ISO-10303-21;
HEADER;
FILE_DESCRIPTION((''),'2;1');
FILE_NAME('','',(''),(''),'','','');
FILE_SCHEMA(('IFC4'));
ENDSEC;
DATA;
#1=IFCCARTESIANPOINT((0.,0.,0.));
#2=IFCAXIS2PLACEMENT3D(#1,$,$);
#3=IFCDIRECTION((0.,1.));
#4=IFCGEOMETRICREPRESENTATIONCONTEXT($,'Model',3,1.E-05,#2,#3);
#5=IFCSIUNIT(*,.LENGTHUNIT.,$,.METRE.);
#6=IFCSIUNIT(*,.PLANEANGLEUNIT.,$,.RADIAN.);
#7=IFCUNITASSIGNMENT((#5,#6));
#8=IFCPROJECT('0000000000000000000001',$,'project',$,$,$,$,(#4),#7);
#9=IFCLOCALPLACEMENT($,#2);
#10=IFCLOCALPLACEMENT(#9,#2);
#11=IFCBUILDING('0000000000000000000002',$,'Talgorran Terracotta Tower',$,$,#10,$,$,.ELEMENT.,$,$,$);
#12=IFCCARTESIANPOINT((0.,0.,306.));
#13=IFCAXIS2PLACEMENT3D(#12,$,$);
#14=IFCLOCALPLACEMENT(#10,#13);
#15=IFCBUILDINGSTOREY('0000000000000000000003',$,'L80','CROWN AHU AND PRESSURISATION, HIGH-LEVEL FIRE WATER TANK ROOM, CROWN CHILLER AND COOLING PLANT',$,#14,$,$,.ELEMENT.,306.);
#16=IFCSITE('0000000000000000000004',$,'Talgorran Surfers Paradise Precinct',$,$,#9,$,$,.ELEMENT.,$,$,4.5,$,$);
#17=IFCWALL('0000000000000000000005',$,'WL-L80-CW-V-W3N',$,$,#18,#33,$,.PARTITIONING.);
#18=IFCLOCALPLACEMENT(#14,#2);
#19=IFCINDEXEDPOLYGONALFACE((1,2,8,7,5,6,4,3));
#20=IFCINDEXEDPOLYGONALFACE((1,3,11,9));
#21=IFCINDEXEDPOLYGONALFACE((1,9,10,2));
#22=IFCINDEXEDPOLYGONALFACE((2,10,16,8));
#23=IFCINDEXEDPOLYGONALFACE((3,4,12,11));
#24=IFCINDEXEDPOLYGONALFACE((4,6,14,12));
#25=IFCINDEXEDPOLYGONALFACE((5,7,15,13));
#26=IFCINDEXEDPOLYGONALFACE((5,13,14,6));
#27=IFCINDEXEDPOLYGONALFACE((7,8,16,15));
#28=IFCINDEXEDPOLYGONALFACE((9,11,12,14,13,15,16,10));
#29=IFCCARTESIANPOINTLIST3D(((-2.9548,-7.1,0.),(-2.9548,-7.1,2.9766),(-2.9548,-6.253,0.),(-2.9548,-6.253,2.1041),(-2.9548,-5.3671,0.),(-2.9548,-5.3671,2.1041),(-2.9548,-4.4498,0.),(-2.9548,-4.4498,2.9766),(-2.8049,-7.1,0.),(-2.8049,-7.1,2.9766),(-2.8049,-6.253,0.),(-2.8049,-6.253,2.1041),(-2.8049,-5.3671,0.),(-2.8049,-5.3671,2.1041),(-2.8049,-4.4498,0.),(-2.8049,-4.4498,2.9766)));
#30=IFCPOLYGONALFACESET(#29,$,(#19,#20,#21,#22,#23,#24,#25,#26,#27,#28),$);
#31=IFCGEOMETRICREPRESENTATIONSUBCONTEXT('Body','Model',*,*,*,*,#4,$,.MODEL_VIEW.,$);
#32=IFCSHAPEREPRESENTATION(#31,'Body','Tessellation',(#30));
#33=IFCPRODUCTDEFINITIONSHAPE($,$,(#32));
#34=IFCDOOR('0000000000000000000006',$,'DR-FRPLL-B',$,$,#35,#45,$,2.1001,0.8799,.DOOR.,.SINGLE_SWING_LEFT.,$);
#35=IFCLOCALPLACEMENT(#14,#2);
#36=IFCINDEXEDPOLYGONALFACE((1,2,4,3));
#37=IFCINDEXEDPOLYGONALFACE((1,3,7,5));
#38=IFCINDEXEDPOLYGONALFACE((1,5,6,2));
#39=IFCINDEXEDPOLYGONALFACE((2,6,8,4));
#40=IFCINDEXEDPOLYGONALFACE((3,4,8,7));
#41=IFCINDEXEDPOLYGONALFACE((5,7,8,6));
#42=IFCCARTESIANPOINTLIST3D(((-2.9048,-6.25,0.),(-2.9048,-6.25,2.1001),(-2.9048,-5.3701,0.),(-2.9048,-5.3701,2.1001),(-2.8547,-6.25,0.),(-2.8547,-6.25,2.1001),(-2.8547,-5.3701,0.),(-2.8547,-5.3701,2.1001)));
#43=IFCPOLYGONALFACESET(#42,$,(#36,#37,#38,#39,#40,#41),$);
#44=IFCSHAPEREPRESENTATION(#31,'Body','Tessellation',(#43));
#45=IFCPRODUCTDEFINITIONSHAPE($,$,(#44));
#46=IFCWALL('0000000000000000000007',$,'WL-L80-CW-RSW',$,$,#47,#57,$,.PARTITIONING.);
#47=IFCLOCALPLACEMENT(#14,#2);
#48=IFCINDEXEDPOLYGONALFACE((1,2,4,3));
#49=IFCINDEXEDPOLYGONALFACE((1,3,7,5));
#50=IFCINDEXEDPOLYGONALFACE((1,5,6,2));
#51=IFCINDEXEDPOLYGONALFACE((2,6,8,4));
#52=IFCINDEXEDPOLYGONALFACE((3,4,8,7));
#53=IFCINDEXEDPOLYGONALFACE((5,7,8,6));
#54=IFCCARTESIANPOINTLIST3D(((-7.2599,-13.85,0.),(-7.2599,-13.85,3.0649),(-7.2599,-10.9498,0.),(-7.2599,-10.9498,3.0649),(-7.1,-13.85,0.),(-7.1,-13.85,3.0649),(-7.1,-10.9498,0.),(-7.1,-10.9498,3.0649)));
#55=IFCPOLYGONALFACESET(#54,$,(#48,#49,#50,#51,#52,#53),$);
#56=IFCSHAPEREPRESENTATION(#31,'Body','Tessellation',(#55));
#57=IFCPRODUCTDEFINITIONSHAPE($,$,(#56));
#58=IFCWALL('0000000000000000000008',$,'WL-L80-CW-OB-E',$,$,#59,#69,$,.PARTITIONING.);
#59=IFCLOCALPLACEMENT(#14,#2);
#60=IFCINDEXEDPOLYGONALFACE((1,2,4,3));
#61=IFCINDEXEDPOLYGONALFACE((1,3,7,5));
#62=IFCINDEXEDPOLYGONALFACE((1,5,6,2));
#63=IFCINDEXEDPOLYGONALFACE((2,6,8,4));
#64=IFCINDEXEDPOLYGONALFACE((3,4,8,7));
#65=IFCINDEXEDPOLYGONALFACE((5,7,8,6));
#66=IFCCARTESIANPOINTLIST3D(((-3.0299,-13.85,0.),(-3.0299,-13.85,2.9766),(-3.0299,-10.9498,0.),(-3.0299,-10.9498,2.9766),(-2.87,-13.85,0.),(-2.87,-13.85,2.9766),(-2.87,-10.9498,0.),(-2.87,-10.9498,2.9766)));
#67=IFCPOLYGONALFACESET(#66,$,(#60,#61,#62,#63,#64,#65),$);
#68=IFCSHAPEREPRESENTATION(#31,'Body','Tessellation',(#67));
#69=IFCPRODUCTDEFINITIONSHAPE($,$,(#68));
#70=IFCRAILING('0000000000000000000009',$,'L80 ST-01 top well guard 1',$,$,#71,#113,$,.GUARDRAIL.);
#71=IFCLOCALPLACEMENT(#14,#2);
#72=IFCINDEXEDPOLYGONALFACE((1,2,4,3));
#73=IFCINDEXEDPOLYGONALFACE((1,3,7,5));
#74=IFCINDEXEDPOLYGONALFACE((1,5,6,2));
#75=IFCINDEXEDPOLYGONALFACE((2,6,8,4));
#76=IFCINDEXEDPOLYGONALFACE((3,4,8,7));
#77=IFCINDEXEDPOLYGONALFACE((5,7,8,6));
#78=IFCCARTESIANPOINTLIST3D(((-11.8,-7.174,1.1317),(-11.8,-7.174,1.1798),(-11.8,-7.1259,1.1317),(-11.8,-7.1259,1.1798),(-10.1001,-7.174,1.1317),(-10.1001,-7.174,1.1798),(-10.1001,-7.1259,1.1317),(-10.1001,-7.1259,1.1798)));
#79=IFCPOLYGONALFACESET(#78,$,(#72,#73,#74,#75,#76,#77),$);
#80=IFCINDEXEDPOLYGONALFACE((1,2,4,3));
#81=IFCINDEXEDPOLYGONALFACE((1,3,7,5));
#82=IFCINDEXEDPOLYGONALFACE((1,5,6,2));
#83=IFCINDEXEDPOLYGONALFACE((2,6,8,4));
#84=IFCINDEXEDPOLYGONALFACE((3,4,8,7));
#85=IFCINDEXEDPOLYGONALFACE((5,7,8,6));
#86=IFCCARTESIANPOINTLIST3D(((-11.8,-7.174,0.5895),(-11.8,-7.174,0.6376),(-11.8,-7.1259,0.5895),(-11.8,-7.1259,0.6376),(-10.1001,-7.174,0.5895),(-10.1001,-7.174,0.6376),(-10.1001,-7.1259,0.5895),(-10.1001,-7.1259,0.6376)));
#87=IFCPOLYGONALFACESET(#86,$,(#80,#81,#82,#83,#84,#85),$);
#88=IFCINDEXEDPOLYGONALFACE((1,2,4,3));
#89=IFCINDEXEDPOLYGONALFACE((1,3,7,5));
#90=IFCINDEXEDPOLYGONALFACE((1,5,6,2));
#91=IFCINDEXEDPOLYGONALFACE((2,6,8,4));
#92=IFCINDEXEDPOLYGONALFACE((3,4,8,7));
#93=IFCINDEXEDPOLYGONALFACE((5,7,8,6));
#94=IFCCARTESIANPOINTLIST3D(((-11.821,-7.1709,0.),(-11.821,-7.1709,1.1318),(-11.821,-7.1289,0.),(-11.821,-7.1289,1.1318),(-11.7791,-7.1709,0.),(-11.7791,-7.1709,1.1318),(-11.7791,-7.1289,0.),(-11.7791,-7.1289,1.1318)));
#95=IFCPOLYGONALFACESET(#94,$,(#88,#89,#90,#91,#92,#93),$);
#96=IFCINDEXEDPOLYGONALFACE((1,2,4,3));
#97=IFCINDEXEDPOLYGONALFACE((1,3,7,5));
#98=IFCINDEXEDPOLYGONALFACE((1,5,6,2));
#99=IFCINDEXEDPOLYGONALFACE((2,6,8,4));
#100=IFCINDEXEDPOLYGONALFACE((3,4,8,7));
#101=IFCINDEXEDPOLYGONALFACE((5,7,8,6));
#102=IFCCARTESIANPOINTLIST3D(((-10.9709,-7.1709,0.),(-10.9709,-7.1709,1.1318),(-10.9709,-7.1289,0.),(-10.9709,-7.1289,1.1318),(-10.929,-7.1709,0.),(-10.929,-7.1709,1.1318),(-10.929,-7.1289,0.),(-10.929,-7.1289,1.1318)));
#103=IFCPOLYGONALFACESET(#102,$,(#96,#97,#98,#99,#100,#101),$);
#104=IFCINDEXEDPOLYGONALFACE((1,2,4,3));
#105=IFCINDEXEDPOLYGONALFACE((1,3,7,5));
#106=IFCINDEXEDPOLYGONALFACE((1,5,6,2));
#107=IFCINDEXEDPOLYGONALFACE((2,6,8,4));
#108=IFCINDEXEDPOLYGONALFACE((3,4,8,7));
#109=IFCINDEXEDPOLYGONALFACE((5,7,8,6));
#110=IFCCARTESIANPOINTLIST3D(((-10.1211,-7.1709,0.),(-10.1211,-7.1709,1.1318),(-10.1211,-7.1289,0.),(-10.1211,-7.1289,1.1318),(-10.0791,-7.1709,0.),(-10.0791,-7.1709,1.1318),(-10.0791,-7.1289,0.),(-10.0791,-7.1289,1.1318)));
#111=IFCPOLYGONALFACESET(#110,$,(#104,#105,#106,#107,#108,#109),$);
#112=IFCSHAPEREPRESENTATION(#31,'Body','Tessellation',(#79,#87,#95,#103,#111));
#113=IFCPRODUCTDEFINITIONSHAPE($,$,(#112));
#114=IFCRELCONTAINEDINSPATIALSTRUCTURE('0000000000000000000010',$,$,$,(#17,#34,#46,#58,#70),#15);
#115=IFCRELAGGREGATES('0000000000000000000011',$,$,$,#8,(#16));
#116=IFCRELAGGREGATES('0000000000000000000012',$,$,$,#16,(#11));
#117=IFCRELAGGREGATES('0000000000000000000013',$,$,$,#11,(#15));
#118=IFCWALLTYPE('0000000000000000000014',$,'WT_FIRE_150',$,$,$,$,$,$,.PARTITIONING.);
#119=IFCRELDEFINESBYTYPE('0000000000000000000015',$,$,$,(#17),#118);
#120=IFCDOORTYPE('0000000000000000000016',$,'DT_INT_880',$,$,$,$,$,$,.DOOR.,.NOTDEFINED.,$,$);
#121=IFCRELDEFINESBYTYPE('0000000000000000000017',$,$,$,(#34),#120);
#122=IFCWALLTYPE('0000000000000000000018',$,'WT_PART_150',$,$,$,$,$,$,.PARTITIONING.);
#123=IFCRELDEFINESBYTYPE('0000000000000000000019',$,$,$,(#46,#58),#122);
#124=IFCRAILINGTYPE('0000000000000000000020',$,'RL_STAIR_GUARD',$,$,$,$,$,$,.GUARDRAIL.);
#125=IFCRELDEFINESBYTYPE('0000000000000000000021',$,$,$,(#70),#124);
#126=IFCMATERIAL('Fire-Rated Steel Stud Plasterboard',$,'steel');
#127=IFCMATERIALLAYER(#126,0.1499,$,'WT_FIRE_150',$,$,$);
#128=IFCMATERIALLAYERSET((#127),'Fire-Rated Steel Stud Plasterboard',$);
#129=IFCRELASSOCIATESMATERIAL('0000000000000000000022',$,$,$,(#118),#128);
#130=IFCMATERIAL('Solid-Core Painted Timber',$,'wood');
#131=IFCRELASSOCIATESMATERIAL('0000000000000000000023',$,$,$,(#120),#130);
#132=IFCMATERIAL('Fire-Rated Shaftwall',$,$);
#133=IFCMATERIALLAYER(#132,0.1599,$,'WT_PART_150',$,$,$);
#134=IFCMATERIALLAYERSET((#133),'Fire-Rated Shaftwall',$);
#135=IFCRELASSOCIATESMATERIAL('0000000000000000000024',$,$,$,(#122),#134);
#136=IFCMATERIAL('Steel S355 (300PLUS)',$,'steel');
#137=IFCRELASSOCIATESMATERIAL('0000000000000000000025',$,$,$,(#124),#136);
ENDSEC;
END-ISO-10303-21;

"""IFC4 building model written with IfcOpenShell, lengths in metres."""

from ifc_helpers import new_model, si_unit, direction, frame, frame_2d, origin, origin_2d, place, context, subcontext, project, spatial, rectangle, extrude, material, layer, layer_set, type_object, element, fill, save


model = new_model("IFC4")

# Units and contexts
model_context = context("Model", 3, precision=1e-05, world=origin(), true_north=direction((0.0, 1.0)))
body_context = subcontext(model_context, "Body", "Model", "MODEL_VIEW")
ifc_project = project(units=[si_unit("LENGTHUNIT", "METRE"), si_unit("PLANEANGLEUNIT", "RADIAN")], contexts=[model_context])

# Site, building, storey
site_placement = place(None, origin())
site = spatial("IfcSite", under=ifc_project, at=site_placement, Name="Talgorran Surfers Paradise Precinct", CompositionType="ELEMENT", RefElevation=4.5)
building_placement = place(site_placement, origin())
building = spatial("IfcBuilding", under=site, at=building_placement, Name="Talgorran Terracotta Tower", CompositionType="ELEMENT")
storey_placement = place(building_placement, frame((0.0, 0.0, 306.0)))
storey = spatial("IfcBuildingStorey", under=building, at=storey_placement, Name="L80", Description="CROWN AHU AND PRESSURISATION, HIGH-LEVEL FIRE WATER TANK ROOM, CROWN CHILLER AND COOLING PLANT", CompositionType="ELEMENT", Elevation=306.0)

# Shared definitions
ifc_material_1 = material(Name="Steel S355 (300PLUS)", Category="steel")

# Shared definitions
ifc_material_2 = material(Name="Fire-Rated Steel Stud Plasterboard", Category="steel")
ifc_layer_1 = layer(ifc_material_2, 0.1499, Name="WT_FIRE_150")
ifc_layer_set_1 = layer_set([ifc_layer_1], Name="Fire-Rated Steel Stud Plasterboard")
wall_type_1 = type_object("IfcWallType", Name="WT_FIRE_150", PredefinedType="PARTITIONING", material=ifc_layer_set_1)

# Wall, opening, door
wall_1_placement = place(storey_placement, frame((-2.8799, -7.1001, 0.0), z_axis=(0.0, 0.0, 1.0), x_axis=(0.0, 1.0, 0.0)))
wall_1 = element("IfcWall", 1, at=wall_1_placement, inside=storey, type_object=wall_type_1, Name="WL-L80-CW-V-W3N", PredefinedType="PARTITIONING", context=body_context, shape_type="SweptSolid", body=[
    extrude(rectangle(XDim=2.6501, YDim=0.1499, at=frame_2d((1.3252, 0.0))), origin(), (0.0, 0.0, 1.0), 2.9766),
])
opening_1_placement = place(wall_1_placement, frame((0.8501, 0.0, 0.0)))
opening_1 = element("IfcOpeningElement", 2, at=opening_1_placement, cuts=wall_1, PredefinedType="OPENING", context=body_context, shape_type="SweptSolid", body=[
    extrude(rectangle(XDim=0.8859, YDim=2.1041, at=frame_2d((0.4399, 1.052))), frame((0.0, 0.085, 0.0), z_axis=(0.0, -1.0, 0.0), x_axis=(1.0, 0.0, 0.0)), (0.0, 0.0, 1.0), 0.1699),
])
ifc_material_3 = material(Name="Solid-Core Painted Timber", Category="wood")
door_type_1 = type_object("IfcDoorType", Name="DT_INT_880", OperationType="NOTDEFINED", PredefinedType="DOOR", material=ifc_material_3)
door_1_placement = place(opening_1_placement, origin())
door_1 = element("IfcDoor", 3, at=door_1_placement, inside=storey, type_object=door_type_1, Name="DR-FRPLL-B", OperationType="SINGLE_SWING_LEFT", OverallHeight=2.1001, OverallWidth=0.8799, PredefinedType="DOOR", context=body_context, shape_type="SweptSolid", body=[
    extrude(rectangle(XDim=0.8799, YDim=2.1001, at=frame_2d((0.4399, 1.05))), frame((0.0, 0.0249, 0.0), z_axis=(0.0, -1.0, 0.0), x_axis=(1.0, 0.0, 0.0)), (0.0, 0.0, 1.0), 0.05),
])
fill(opening_1, door_1)

# Walls
ifc_material_4 = material(Name="Fire-Rated Shaftwall")
ifc_layer_2 = layer(ifc_material_4, 0.1599, Name="WT_PART_150")
ifc_layer_set_2 = layer_set([ifc_layer_2], Name="Fire-Rated Shaftwall")
wall_type_2 = type_object("IfcWallType", Name="WT_PART_150", PredefinedType="PARTITIONING", material=ifc_layer_set_2)
wall_2_placement = place(storey_placement, frame((-7.1799, -13.8501, 0.0), z_axis=(0.0, 0.0, 1.0), x_axis=(0.0, 1.0, 0.0)))
element("IfcWall", 4, at=wall_2_placement, inside=storey, type_object=wall_type_2, Name="WL-L80-CW-RSW", PredefinedType="PARTITIONING", context=body_context, shape_type="SweptSolid", body=[
    extrude(rectangle(XDim=2.9001, YDim=0.1599, at=frame_2d((1.4502, 0.0))), origin(), (0.0, 0.0, 1.0), 3.0649),
])
wall_3_placement = place(storey_placement, frame((-2.95, -13.8501, 0.0), z_axis=(0.0, 0.0, 1.0), x_axis=(0.0, 1.0, 0.0)))
element("IfcWall", 5, at=wall_3_placement, inside=storey, type_object=wall_type_2, Name="WL-L80-CW-OB-E", PredefinedType="PARTITIONING", context=body_context, shape_type="SweptSolid", body=[
    extrude(rectangle(XDim=2.9001, YDim=0.1599, at=frame_2d((1.4502, 0.0))), origin(), (0.0, 0.0, 1.0), 2.9766),
])

# Railing
railing_type = type_object("IfcRailingType", Name="RL_STAIR_GUARD", PredefinedType="GUARDRAIL", material=ifc_material_1)
railing_placement = place(storey_placement, frame((-11.8, -7.1499, 0.0)))
element("IfcRailing", 6, at=railing_placement, inside=storey, type_object=railing_type, Name="L80 ST-01 top well guard 1", PredefinedType="GUARDRAIL", context=body_context, shape_type="SweptSolid", body=[
    extrude(rectangle(XDim=0.0481, YDim=0.0481, at=origin_2d()), frame((0.0, 0.0, 1.1558), z_axis=(1.0, 0.0, 0.0), x_axis=(0.0, 1.0, 0.0)), (0.0, 0.0, 1.0), 1.7),
    extrude(rectangle(XDim=0.0481, YDim=0.0481, at=origin_2d()), frame((0.0, 0.0, 0.6135), z_axis=(1.0, 0.0, 0.0), x_axis=(0.0, 1.0, 0.0)), (0.0, 0.0, 1.0), 1.7),
    extrude(rectangle(XDim=0.042, YDim=0.042, at=origin_2d()), origin(), (0.0, 0.0, 1.0), 1.1318),
    extrude(rectangle(XDim=0.042, YDim=0.042, at=origin_2d()), frame((0.8501, 0.0, 0.0)), (0.0, 0.0, 1.0), 1.1318),
    extrude(rectangle(XDim=0.042, YDim=0.042, at=origin_2d()), frame((1.7, 0.0, 0.0)), (0.0, 0.0, 1.0), 1.1318),
])

save(model, "model.ifc")
